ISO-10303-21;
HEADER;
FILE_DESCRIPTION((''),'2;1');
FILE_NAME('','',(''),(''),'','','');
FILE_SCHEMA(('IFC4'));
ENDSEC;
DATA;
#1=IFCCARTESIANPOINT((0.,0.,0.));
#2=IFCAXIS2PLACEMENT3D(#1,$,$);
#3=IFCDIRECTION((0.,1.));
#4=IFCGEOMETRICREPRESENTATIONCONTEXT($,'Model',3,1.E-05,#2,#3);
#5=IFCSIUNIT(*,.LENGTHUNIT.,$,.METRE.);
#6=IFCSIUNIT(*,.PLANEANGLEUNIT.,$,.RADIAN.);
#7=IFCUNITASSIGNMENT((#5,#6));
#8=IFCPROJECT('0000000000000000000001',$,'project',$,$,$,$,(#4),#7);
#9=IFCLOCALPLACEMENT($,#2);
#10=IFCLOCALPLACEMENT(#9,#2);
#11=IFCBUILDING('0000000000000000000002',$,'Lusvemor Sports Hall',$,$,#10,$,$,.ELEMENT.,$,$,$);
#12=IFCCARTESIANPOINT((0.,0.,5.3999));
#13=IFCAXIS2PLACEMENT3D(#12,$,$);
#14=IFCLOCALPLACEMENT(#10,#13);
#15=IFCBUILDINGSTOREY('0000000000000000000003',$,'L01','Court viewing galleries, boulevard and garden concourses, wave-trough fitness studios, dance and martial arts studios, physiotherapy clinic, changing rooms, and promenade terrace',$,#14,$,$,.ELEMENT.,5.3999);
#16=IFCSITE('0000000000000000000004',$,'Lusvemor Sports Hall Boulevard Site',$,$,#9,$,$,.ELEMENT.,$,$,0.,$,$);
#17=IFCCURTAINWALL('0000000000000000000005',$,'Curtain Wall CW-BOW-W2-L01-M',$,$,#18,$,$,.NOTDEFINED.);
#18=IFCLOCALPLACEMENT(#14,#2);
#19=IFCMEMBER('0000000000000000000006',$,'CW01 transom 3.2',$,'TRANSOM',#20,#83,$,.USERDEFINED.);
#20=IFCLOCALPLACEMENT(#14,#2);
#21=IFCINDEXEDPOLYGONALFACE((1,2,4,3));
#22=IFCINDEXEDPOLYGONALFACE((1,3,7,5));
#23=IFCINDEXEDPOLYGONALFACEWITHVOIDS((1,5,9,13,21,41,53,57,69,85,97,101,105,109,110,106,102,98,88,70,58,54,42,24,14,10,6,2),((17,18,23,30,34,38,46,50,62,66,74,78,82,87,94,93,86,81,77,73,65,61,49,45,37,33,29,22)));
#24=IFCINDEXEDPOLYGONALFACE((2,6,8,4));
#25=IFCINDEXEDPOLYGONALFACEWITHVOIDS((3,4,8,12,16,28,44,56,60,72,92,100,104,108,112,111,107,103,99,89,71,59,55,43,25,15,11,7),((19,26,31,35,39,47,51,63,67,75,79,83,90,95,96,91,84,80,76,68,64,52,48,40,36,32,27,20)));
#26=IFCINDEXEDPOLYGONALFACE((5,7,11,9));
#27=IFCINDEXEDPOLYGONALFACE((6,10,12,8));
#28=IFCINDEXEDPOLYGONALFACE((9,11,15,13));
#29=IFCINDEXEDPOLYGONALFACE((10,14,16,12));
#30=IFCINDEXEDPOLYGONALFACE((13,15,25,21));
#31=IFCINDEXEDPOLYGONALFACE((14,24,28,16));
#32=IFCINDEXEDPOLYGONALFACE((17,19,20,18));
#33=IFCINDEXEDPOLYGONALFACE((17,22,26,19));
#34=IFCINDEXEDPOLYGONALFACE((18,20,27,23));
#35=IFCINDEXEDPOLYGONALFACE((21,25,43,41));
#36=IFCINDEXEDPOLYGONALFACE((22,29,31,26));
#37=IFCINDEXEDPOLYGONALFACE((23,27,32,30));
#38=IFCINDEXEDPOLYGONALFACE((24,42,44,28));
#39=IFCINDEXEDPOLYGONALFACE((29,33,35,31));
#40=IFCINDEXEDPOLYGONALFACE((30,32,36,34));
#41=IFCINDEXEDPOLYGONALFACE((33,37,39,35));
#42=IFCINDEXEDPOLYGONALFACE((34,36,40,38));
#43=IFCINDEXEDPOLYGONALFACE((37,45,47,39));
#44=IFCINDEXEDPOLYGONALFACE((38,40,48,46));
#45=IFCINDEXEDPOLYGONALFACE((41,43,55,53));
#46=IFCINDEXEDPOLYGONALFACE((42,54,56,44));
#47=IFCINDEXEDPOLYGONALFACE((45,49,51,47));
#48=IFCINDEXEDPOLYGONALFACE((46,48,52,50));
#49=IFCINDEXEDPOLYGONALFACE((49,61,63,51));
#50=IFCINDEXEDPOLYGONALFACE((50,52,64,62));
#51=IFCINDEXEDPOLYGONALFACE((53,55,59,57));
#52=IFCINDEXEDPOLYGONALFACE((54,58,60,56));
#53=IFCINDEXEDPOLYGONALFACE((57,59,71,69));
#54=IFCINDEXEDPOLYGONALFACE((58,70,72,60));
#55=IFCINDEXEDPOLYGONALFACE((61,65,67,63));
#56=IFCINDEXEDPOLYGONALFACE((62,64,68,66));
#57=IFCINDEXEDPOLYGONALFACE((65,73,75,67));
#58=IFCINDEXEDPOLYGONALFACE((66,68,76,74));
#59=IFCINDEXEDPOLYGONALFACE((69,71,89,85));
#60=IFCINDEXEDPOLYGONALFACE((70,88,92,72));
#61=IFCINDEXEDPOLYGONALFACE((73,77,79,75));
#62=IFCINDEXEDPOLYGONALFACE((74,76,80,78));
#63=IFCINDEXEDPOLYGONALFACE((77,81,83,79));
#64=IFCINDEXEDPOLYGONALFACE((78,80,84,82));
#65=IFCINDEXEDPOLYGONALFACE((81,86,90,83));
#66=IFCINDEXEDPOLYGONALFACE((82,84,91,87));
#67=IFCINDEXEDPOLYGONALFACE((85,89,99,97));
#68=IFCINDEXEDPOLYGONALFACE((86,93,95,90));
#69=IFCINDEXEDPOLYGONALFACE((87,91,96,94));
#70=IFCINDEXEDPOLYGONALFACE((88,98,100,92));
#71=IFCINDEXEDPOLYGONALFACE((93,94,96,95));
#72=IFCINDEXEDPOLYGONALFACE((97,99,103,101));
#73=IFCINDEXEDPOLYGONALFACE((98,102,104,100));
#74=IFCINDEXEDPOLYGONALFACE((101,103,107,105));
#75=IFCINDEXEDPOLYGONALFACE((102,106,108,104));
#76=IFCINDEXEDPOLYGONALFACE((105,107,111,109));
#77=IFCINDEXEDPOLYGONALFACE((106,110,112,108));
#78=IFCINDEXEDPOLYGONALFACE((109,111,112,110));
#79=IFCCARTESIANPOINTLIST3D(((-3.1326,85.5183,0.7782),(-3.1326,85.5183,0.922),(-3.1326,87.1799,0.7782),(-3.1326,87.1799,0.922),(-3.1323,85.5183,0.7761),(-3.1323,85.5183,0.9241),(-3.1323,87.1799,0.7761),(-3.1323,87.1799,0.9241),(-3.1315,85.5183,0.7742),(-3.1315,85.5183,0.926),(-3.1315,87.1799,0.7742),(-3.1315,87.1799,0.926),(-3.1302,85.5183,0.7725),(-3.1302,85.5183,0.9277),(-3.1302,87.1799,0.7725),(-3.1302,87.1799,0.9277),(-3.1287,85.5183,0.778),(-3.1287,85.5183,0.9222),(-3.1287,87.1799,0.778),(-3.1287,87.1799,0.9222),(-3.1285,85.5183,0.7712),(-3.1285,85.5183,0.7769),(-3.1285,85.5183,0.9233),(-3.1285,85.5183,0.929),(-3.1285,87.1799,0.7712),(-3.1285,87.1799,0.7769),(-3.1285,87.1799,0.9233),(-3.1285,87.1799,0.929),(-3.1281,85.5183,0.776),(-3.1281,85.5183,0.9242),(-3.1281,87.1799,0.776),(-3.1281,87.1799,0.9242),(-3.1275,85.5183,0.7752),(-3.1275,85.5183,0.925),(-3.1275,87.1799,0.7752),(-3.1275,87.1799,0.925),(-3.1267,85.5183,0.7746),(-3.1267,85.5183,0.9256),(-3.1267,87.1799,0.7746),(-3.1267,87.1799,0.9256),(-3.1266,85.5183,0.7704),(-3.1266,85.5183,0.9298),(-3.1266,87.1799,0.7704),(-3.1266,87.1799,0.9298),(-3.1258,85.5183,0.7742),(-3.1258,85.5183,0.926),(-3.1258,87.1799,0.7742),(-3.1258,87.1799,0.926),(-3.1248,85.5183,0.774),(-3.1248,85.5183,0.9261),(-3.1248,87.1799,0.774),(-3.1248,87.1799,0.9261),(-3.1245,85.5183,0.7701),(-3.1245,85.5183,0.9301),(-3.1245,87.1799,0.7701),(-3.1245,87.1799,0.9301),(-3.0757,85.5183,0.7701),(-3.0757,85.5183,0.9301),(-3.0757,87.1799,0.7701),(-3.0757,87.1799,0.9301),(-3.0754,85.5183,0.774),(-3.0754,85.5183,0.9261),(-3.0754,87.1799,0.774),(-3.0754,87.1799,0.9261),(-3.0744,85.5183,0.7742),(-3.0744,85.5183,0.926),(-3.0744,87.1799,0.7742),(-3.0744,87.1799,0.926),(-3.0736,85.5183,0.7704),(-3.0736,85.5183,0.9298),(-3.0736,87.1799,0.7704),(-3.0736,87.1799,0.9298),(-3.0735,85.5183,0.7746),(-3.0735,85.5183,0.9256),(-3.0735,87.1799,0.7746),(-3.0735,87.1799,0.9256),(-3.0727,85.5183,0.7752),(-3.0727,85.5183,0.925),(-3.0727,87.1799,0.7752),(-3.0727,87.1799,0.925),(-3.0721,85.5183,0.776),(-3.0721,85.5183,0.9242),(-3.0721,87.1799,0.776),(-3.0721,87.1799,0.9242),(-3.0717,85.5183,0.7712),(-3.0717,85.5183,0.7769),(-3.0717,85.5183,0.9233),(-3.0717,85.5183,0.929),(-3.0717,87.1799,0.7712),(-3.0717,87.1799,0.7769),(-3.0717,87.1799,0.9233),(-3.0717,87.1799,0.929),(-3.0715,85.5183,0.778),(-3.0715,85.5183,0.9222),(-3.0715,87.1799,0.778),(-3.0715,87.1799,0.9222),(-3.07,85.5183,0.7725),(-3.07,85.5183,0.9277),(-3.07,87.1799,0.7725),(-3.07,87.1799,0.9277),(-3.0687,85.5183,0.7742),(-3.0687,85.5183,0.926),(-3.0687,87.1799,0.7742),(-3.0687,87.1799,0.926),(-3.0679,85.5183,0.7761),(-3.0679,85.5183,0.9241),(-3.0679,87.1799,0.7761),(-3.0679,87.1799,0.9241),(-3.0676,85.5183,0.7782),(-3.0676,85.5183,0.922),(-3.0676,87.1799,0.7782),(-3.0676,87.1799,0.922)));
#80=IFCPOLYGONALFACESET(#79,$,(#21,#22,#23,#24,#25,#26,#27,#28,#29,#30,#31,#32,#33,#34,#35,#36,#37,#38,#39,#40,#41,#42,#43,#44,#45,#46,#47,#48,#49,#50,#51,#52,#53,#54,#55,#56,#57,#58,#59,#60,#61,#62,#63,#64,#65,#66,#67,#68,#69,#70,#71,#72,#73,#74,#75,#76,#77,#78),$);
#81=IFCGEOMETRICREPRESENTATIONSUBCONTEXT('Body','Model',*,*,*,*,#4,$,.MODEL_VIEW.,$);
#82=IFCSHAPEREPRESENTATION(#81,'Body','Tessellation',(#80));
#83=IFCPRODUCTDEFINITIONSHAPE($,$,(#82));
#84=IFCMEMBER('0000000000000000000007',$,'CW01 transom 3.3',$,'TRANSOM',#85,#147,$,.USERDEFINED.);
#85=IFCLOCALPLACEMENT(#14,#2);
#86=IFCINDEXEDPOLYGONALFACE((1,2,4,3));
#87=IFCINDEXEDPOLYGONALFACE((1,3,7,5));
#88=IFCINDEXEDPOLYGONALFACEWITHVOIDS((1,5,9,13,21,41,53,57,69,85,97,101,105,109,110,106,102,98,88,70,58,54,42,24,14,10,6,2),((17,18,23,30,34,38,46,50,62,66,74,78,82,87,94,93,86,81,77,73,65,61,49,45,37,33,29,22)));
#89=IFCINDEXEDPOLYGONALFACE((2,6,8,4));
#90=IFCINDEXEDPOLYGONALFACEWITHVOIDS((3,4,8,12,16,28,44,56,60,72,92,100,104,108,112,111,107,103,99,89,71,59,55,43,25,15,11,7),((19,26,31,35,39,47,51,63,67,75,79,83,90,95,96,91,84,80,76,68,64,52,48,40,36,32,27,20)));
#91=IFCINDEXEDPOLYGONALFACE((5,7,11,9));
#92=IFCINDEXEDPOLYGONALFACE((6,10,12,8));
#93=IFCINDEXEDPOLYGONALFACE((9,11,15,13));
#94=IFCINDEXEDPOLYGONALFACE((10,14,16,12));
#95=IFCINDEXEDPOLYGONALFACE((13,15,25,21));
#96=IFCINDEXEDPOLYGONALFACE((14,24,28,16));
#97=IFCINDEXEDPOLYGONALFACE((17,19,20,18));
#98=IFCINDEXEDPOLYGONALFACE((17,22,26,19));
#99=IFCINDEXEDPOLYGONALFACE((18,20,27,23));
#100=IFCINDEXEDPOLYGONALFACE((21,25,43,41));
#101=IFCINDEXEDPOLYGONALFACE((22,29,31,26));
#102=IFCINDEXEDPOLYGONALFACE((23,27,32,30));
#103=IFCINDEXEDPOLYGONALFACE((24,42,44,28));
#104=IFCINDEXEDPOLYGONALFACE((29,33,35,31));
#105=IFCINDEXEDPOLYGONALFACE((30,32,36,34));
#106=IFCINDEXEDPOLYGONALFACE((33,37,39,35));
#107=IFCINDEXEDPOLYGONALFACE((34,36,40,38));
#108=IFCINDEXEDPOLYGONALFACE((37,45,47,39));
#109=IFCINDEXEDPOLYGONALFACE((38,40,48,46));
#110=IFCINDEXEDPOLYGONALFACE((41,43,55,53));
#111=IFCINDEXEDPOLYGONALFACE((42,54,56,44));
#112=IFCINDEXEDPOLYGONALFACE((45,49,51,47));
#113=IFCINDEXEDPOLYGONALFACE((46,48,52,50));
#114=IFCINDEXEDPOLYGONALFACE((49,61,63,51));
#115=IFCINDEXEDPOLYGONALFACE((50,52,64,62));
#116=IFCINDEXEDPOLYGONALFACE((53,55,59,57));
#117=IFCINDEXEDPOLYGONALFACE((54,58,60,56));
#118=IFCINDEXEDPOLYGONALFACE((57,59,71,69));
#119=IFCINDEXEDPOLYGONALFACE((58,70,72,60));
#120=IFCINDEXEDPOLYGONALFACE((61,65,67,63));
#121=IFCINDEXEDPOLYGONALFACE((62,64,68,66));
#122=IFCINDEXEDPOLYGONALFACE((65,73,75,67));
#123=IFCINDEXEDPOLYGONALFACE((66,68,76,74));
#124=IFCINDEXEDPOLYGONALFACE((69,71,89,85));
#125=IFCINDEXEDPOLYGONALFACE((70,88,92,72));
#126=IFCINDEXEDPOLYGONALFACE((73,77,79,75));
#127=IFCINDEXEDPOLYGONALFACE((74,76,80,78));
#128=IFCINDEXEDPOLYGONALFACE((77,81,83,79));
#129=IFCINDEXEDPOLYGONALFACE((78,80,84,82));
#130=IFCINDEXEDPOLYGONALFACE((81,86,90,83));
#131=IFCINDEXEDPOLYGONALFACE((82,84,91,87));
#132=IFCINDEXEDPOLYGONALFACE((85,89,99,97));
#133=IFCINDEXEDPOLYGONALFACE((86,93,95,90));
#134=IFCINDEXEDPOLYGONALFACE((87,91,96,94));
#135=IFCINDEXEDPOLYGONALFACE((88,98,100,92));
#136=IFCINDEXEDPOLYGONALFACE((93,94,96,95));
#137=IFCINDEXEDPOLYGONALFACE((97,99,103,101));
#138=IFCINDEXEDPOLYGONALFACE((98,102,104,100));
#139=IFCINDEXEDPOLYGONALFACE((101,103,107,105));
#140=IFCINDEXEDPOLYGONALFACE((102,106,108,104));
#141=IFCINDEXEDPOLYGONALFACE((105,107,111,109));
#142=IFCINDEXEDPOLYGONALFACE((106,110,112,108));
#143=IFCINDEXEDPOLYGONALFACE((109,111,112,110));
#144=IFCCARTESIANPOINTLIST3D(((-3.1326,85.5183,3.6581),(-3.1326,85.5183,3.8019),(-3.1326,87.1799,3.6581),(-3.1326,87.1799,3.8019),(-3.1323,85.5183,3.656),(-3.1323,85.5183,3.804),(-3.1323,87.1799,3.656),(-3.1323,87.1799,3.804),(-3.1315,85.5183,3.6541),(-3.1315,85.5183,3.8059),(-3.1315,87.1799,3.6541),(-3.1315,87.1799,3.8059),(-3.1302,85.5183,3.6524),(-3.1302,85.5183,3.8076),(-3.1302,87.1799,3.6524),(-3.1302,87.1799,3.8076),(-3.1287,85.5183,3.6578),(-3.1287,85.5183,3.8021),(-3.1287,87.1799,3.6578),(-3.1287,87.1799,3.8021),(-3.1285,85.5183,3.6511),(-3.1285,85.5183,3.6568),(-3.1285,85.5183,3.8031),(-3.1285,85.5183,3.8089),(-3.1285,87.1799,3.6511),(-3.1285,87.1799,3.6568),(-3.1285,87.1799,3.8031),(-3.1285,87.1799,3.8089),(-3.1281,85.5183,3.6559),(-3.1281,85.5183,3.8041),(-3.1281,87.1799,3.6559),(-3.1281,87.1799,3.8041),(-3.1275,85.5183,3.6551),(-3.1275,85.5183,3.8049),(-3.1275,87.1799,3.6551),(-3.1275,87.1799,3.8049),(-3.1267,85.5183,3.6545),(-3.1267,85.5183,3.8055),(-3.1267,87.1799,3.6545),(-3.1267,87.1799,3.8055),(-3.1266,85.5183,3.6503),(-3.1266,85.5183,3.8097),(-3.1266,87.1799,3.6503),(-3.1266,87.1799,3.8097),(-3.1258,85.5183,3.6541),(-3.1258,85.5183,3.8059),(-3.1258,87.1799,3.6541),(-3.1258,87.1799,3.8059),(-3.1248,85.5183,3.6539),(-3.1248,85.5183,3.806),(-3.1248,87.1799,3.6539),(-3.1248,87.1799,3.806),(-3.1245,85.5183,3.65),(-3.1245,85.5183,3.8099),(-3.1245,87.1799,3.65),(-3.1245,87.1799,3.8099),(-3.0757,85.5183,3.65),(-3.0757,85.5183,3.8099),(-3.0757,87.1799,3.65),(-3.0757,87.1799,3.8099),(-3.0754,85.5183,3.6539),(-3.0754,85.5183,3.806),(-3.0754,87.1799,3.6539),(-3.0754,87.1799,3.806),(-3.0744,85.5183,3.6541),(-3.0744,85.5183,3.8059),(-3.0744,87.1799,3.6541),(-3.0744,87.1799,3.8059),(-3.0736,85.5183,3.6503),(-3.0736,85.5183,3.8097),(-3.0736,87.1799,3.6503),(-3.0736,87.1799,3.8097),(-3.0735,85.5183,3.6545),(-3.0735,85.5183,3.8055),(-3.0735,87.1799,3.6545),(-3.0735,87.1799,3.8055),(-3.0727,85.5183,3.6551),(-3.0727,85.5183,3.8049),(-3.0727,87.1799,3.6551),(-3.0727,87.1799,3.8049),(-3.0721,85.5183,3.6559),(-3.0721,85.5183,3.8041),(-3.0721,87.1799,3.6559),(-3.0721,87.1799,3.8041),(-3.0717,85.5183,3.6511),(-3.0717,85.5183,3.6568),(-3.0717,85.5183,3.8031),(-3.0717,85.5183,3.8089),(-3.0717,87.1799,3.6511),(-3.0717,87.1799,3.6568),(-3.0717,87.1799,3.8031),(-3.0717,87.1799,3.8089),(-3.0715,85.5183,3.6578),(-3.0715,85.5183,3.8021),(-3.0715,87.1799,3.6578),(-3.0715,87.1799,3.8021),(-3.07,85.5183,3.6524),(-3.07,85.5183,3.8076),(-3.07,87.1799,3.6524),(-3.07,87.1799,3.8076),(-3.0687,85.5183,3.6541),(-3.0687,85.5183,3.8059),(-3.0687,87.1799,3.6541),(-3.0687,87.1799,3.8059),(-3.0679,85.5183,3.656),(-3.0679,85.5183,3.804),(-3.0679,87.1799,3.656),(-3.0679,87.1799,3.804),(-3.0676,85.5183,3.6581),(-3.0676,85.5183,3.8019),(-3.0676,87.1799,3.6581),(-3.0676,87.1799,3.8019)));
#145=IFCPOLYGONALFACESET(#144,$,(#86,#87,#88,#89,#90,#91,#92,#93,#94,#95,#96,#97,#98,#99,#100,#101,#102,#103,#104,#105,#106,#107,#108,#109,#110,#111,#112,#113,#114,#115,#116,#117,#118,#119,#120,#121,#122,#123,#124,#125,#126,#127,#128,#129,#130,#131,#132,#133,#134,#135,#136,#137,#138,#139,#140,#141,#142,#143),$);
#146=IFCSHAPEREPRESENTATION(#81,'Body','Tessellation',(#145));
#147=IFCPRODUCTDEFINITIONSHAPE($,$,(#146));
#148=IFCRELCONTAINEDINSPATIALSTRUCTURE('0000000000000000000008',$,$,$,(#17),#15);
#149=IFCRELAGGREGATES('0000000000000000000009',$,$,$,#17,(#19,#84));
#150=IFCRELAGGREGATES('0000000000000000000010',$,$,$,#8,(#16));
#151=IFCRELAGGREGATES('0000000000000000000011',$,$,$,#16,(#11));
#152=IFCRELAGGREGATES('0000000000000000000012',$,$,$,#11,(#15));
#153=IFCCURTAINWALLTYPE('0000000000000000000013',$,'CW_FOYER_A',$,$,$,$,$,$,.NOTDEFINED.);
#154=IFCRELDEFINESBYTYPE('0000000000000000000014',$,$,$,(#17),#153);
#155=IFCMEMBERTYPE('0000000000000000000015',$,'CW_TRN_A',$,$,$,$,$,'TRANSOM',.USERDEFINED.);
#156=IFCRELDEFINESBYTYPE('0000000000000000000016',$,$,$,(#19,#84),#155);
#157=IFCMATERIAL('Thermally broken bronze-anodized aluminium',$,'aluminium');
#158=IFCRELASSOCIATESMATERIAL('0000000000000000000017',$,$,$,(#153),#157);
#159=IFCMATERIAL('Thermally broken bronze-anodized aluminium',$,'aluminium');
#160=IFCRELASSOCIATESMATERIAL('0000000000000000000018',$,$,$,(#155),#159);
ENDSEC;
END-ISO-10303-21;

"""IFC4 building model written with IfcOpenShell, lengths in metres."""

from ifc_helpers import new_model, si_unit, direction, frame, origin, origin_2d, place, context, subcontext, project, spatial, hollow_rectangle, extrude, material, material_profile, profile_set, type_object, element, aggregate, save


model = new_model("IFC4")

# Units and contexts
model_context = context("Model", 3, precision=1e-05, world=origin(), true_north=direction((0.0, 1.0)))
body_context = subcontext(model_context, "Body", "Model", "MODEL_VIEW")
ifc_project = project(units=[si_unit("LENGTHUNIT", "METRE"), si_unit("PLANEANGLEUNIT", "RADIAN")], contexts=[model_context])

# Site, building, storey
site_placement = place(None, origin())
site = spatial("IfcSite", under=ifc_project, at=site_placement, Name="Lusvemor Sports Hall Boulevard Site", CompositionType="ELEMENT", RefElevation=0.0)
building_placement = place(site_placement, origin())
building = spatial("IfcBuilding", under=site, at=building_placement, Name="Lusvemor Sports Hall", CompositionType="ELEMENT")
storey_placement = place(building_placement, frame((0.0, 0.0, 5.3999)))
storey = spatial("IfcBuildingStorey", under=building, at=storey_placement, Name="L01", Description="Court viewing galleries, boulevard and garden concourses, wave-trough fitness studios, dance and martial arts studios, physiotherapy clinic, changing rooms, and promenade terrace", CompositionType="ELEMENT", Elevation=5.3999)

# Curtain wall
ifc_material_1 = material(Name="Thermally broken bronze-anodized aluminium", Category="aluminium")
curtain_wall_type_1 = type_object("IfcCurtainWallType", Name="CW_FOYER_A", PredefinedType="NOTDEFINED", material=ifc_material_1)
curtain_wall_1_placement = place(storey_placement, origin())
curtain_wall_1 = element("IfcCurtainWall", 1, at=curtain_wall_1_placement, inside=storey, type_object=curtain_wall_type_1, Name="Curtain Wall CW-BOW-W2-L01-M", PredefinedType="NOTDEFINED")

# Members
ifc_material_2 = material(Name="Thermally broken bronze-anodized aluminium", Category="aluminium")
ifc_material_profile_1 = material_profile(ifc_material_2, hollow_rectangle(XDim=0.0649, YDim=0.1599, WallThickness=0.0039, InnerFilletRadius=0.0039, OuterFilletRadius=0.0081, at=origin_2d()), Name="CWTRN160x65x4")
ifc_profile_set_1 = profile_set([ifc_material_profile_1], Name="Thermally broken bronze-anodized aluminium")
member_type_1 = type_object("IfcMemberType", Name="CW_TRN_A", ElementType="TRANSOM", PredefinedType="USERDEFINED", material=ifc_profile_set_1)
member_1_placement = place(storey_placement, frame((-3.1001, 85.5183, 0.8501), z_axis=(0.0, 1.0, 0.0), x_axis=(-1.0, 0.0, 0.0)))
member_1 = element("IfcMember", 2, at=member_1_placement, type_object=member_type_1, Name="CW01 transom 3.2", ObjectType="TRANSOM", PredefinedType="USERDEFINED", context=body_context, shape_type="SweptSolid", body=[
    extrude(hollow_rectangle(XDim=0.0649, YDim=0.1599, WallThickness=0.0039, InnerFilletRadius=0.0039, OuterFilletRadius=0.0081, at=origin_2d()), origin(), (0.0, 0.0, 1.0), 1.6616),
])
member_2_placement = place(storey_placement, frame((-3.1001, 85.5183, 3.73), z_axis=(0.0, 1.0, 0.0), x_axis=(-1.0, 0.0, 0.0)))
member_2 = element("IfcMember", 3, at=member_2_placement, type_object=member_type_1, Name="CW01 transom 3.3", ObjectType="TRANSOM", PredefinedType="USERDEFINED", context=body_context, shape_type="SweptSolid", body=[
    extrude(hollow_rectangle(XDim=0.0649, YDim=0.1599, WallThickness=0.0039, InnerFilletRadius=0.0039, OuterFilletRadius=0.0081, at=origin_2d()), origin(), (0.0, 0.0, 1.0), 1.6616),
])

aggregate(curtain_wall_1, [member_1, member_2])

save(model, "model.ifc")
